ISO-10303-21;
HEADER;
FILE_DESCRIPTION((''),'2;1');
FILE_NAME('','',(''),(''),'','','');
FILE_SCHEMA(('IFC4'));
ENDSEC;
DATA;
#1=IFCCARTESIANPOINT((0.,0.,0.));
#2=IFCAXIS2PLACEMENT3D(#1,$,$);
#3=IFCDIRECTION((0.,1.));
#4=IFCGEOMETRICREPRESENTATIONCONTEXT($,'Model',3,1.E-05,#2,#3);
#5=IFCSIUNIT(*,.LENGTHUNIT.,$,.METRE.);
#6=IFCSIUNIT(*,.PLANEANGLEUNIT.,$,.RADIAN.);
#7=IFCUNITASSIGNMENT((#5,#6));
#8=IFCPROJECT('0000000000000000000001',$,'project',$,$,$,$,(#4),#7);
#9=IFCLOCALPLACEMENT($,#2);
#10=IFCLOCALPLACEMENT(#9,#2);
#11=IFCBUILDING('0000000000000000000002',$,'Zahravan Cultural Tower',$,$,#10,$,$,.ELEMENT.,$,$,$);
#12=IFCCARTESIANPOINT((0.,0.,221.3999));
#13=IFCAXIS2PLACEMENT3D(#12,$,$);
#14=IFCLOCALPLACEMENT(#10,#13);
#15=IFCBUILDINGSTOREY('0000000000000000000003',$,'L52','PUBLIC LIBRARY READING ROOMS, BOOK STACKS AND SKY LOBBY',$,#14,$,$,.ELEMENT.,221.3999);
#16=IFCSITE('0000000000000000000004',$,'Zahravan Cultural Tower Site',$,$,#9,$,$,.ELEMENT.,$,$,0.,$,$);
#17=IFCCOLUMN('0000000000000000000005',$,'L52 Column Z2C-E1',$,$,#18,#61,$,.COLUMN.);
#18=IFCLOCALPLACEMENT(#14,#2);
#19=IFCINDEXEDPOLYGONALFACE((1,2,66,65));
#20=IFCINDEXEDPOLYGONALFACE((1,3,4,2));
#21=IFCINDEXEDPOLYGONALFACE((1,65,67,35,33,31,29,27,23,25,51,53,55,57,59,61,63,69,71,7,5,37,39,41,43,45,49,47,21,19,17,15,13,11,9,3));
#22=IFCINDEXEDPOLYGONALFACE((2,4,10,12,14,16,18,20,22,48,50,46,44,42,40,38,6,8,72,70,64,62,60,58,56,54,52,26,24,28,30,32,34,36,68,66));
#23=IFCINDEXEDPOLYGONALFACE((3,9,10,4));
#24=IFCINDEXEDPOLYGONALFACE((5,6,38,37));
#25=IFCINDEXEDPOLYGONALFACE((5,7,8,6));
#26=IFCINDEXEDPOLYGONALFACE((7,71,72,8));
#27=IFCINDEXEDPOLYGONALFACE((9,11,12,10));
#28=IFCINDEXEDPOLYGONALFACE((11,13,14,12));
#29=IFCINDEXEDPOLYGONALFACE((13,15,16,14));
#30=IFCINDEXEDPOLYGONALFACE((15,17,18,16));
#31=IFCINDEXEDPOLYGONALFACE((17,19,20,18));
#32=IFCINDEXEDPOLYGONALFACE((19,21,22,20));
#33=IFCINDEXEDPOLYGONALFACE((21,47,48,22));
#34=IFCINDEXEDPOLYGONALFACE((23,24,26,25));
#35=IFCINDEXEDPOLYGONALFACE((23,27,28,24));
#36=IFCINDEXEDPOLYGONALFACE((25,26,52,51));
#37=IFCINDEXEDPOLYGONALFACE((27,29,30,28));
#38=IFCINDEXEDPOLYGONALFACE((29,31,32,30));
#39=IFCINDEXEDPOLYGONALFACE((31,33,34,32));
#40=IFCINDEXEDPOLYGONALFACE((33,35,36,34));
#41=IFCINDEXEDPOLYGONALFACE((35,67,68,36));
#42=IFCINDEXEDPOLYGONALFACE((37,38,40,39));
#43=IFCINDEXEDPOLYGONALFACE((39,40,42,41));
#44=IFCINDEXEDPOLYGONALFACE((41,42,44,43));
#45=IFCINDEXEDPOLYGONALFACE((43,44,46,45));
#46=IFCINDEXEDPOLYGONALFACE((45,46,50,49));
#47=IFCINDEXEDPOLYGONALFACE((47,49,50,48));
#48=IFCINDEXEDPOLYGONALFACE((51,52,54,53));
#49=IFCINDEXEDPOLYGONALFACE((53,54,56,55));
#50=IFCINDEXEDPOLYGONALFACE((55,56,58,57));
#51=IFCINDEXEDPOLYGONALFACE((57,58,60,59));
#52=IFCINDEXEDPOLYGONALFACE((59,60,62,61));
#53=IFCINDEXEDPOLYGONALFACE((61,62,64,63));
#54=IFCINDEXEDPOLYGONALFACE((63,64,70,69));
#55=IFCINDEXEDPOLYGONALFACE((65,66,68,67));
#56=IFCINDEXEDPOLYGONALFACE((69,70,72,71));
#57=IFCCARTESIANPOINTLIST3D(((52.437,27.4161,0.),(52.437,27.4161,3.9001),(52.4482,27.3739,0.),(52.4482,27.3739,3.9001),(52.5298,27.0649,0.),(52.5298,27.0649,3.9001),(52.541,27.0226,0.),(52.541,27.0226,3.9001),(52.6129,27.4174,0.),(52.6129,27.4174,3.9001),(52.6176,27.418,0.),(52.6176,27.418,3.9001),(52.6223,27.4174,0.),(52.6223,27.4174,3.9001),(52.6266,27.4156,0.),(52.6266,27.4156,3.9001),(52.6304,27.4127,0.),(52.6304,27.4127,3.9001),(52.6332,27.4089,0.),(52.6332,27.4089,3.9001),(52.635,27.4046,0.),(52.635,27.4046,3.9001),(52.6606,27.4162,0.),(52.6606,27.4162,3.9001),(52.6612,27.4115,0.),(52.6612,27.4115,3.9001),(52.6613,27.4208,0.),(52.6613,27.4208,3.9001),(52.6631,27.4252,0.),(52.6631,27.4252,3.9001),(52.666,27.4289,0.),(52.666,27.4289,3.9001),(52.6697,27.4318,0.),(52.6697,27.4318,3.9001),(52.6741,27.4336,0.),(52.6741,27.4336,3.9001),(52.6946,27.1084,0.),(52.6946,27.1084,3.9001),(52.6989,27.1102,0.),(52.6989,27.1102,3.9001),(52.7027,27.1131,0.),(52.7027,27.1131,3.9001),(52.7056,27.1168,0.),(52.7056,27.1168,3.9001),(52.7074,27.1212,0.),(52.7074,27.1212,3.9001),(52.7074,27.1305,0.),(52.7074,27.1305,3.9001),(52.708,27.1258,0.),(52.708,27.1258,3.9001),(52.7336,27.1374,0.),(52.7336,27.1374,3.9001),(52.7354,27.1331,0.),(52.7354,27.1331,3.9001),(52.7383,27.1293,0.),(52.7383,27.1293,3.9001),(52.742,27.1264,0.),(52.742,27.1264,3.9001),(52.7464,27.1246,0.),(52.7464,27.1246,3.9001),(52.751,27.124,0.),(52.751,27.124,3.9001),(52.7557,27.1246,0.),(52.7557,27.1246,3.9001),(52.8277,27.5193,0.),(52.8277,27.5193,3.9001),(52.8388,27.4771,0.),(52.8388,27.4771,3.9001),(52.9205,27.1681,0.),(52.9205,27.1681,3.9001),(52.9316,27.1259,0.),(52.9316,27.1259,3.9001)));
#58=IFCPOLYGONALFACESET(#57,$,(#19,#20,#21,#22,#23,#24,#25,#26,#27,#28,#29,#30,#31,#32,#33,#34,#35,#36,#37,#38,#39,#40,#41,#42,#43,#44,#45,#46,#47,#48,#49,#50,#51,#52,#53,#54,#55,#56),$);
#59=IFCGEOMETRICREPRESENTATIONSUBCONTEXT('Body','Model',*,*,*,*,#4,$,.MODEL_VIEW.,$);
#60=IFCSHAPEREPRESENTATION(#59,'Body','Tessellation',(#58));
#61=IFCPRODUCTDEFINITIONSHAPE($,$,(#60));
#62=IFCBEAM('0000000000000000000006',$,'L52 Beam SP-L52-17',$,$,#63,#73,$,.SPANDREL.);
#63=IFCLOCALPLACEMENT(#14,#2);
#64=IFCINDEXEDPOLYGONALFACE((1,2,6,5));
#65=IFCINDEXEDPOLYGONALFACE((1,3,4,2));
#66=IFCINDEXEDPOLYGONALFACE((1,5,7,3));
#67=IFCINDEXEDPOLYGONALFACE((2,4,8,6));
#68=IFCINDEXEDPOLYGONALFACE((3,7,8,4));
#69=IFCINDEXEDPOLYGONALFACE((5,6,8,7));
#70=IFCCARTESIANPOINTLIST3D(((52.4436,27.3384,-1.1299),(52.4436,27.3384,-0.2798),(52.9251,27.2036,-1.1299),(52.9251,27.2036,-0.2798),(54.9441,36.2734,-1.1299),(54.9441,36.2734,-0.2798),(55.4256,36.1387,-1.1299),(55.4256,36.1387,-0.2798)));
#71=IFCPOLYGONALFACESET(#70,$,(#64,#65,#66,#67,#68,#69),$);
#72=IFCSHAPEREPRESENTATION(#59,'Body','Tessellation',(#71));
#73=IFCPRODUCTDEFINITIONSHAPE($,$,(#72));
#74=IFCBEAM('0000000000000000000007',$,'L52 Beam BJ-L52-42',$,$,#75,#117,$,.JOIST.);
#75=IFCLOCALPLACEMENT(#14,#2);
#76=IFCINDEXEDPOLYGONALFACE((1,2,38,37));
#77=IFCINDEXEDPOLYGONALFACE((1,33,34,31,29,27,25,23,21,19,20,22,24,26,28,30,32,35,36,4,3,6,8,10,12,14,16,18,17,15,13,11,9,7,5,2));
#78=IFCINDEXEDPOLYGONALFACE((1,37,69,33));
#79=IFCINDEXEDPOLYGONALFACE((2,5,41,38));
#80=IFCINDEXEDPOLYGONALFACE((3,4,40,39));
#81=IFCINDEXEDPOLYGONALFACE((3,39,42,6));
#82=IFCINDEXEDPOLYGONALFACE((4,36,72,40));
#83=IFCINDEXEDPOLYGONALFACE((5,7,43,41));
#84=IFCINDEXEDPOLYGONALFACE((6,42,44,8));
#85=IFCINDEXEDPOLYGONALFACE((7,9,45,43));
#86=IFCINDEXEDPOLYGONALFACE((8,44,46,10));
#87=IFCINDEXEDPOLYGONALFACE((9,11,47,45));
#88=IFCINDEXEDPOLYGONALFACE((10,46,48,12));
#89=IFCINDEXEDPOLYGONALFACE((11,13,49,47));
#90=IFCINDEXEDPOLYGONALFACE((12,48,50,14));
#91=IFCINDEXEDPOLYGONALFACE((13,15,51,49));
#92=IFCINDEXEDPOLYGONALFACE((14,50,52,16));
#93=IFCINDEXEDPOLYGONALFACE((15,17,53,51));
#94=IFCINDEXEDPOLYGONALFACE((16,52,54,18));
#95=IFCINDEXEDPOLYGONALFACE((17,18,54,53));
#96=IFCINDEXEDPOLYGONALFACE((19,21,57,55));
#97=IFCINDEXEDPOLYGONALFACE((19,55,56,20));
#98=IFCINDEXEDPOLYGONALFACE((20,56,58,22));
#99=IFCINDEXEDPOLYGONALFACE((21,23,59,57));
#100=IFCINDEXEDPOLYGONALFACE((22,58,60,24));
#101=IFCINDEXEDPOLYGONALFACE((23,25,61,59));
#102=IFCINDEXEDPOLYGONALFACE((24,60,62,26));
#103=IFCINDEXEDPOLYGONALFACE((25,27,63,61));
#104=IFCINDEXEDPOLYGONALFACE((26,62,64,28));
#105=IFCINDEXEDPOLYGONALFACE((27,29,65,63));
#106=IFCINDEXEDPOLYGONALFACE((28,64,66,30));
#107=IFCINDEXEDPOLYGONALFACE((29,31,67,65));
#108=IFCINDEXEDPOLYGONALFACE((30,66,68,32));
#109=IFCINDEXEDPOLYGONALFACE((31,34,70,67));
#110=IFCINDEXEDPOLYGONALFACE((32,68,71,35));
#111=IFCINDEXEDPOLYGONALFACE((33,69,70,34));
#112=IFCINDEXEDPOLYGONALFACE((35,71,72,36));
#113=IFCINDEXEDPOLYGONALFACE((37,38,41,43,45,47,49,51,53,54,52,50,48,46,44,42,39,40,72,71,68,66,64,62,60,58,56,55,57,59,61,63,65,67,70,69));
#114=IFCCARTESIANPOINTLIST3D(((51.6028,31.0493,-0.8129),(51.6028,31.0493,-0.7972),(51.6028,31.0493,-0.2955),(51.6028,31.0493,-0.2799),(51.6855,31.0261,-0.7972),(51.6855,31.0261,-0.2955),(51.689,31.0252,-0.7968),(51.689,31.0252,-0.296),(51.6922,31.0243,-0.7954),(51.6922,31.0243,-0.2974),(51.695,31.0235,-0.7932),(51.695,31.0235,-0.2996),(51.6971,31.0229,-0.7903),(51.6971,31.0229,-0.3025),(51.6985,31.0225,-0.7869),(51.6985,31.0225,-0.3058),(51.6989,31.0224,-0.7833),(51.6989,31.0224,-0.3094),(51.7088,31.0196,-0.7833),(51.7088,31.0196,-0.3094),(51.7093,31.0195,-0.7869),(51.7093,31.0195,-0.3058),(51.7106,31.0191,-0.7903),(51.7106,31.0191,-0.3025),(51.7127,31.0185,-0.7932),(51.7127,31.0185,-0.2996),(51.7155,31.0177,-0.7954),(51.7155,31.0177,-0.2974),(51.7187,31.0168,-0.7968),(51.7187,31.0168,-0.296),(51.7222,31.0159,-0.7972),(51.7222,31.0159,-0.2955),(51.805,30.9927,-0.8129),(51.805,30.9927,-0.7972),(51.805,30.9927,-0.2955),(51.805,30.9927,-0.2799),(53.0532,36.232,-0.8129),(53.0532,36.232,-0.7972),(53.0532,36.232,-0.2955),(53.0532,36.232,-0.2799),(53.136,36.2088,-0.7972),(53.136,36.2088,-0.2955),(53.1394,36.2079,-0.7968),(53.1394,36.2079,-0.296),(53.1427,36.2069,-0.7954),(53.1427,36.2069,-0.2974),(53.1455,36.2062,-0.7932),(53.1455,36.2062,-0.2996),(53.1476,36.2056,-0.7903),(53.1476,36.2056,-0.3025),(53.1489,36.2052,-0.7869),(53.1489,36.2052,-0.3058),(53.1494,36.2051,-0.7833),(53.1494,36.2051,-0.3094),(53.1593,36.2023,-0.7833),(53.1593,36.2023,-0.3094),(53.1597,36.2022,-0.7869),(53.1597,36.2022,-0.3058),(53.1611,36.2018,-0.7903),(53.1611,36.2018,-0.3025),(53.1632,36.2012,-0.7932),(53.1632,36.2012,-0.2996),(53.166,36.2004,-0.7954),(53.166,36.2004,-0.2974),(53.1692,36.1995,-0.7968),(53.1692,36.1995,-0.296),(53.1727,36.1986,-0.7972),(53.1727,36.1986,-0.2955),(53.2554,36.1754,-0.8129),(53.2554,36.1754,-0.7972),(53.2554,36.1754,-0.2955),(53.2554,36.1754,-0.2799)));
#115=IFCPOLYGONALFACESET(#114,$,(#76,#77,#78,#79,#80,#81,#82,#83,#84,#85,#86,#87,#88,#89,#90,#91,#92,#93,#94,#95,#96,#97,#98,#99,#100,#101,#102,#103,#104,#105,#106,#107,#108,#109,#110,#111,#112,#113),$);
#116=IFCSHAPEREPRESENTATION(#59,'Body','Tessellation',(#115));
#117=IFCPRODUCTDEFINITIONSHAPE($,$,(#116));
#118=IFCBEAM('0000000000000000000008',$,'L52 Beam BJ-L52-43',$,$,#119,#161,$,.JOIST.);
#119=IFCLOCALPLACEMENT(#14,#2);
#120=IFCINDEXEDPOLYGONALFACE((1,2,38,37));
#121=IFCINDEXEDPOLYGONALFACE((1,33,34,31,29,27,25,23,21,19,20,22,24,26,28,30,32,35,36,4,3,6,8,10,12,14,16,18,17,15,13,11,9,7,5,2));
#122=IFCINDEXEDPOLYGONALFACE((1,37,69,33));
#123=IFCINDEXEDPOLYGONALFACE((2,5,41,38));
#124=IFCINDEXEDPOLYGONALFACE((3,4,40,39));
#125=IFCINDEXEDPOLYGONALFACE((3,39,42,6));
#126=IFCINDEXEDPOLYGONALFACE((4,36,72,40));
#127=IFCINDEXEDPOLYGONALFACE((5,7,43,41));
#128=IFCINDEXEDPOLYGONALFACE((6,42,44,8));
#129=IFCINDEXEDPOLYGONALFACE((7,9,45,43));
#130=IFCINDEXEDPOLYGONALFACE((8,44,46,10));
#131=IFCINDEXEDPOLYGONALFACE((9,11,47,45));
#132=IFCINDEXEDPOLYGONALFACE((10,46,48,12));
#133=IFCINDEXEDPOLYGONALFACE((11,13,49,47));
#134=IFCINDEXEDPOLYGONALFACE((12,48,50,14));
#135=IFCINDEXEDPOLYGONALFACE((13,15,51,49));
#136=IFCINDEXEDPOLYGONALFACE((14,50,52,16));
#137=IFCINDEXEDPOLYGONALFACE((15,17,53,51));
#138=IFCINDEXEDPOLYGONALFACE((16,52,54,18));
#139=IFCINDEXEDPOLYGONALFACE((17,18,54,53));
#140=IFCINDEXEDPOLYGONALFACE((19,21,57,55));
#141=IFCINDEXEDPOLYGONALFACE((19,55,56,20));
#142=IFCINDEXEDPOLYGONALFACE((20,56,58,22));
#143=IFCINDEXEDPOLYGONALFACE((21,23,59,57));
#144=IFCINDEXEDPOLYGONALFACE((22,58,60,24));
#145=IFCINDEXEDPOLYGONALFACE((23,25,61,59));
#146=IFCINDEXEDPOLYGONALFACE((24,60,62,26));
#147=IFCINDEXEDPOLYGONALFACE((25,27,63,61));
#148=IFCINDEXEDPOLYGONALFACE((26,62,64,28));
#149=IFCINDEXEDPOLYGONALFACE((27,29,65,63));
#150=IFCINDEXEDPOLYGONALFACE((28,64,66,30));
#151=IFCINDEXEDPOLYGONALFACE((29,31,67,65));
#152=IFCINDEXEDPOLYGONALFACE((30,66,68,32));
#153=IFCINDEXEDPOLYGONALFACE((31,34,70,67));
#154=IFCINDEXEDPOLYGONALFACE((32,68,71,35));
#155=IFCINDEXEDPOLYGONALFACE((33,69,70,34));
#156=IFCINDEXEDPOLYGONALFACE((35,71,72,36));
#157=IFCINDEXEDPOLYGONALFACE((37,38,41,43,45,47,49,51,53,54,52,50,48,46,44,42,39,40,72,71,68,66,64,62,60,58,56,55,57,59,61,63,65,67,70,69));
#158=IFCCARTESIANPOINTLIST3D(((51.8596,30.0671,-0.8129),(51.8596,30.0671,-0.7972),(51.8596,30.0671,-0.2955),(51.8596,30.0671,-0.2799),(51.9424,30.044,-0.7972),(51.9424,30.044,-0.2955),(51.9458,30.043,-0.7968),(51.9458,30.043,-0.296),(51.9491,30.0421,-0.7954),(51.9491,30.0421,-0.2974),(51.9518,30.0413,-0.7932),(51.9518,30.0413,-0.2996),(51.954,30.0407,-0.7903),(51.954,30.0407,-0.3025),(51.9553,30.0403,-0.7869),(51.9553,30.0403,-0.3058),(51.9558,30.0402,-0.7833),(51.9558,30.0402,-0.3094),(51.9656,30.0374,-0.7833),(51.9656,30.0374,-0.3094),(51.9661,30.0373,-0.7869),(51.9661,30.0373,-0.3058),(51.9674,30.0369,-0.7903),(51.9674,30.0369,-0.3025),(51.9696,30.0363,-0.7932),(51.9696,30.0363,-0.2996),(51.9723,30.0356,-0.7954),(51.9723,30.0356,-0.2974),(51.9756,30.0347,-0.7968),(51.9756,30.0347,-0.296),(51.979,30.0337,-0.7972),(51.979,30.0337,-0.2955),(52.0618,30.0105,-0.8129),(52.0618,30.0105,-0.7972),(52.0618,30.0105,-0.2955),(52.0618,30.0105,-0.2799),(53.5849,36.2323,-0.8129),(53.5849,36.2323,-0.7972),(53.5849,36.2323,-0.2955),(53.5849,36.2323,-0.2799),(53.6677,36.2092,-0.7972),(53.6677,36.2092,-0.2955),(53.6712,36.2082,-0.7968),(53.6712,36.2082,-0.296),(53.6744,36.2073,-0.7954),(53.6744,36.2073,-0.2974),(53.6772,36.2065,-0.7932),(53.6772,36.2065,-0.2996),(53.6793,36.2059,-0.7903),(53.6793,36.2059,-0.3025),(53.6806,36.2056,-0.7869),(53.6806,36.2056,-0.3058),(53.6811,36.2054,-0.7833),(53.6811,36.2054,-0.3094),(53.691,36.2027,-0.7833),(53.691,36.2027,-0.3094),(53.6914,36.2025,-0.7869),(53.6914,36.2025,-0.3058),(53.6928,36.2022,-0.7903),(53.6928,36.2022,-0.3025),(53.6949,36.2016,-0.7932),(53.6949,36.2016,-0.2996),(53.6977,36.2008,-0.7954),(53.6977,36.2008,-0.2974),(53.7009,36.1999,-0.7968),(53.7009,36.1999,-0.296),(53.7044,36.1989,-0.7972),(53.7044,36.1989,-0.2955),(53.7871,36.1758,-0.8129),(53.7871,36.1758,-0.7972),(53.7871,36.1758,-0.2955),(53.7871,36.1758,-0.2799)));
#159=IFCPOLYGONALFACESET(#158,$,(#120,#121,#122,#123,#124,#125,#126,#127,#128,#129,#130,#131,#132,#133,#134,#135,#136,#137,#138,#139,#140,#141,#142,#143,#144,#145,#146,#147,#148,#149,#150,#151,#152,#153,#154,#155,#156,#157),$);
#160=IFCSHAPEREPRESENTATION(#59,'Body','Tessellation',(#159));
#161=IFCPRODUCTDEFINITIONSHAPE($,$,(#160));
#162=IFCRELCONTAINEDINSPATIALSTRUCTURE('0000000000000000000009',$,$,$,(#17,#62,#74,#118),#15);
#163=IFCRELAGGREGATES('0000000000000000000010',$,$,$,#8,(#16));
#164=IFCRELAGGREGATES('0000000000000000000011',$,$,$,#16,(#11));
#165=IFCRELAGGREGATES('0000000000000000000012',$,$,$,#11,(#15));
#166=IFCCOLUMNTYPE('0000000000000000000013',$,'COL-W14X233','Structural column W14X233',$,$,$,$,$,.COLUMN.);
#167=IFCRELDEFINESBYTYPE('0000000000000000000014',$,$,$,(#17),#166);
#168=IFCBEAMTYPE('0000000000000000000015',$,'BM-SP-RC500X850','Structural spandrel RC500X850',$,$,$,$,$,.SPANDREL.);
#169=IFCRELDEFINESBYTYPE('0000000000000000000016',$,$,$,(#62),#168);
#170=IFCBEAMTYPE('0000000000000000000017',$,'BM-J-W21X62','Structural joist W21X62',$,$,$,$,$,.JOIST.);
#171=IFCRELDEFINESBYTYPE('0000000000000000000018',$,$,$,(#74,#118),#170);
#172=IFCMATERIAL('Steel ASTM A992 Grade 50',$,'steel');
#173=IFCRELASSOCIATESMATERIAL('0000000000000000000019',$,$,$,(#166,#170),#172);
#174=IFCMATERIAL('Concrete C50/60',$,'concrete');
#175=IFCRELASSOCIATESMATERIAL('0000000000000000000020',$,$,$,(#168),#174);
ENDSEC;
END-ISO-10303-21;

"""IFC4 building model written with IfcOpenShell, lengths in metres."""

from ifc_helpers import new_model, si_unit, direction, frame, origin, origin_2d, place, context, subcontext, project, spatial, rectangle, i_section, extrude, source, transform, mapped, material, material_profile, profile_set, type_object, element, save


model = new_model("IFC4")

# Units and contexts
model_context = context("Model", 3, precision=1e-05, world=origin(), true_north=direction((0.0, 1.0)))
body_context = subcontext(model_context, "Body", "Model", "MODEL_VIEW")
ifc_project = project(units=[si_unit("LENGTHUNIT", "METRE"), si_unit("PLANEANGLEUNIT", "RADIAN")], contexts=[model_context])

# Site, building, storey
site_placement = place(None, origin())
site = spatial("IfcSite", under=ifc_project, at=site_placement, Name="Zahravan Cultural Tower Site", CompositionType="ELEMENT", RefElevation=0.0)
building_placement = place(site_placement, origin())
building = spatial("IfcBuilding", under=site, at=building_placement, Name="Zahravan Cultural Tower", CompositionType="ELEMENT")
storey_placement = place(building_placement, frame((0.0, 0.0, 221.3999)))
storey = spatial("IfcBuildingStorey", under=building, at=storey_placement, Name="L52", Description="PUBLIC LIBRARY READING ROOMS, BOOK STACKS AND SKY LOBBY", CompositionType="ELEMENT", Elevation=221.3999)

# Column
ifc_material_1 = material(Name="Steel ASTM A992 Grade 50", Category="steel")
ifc_material_profile_1 = material_profile(ifc_material_1, i_section(OverallWidth=0.4041, OverallDepth=0.407, WebThickness=0.0271, FlangeThickness=0.0437, FilletRadius=0.0181, at=origin_2d()), Name="W14X233")
ifc_profile_set_1 = profile_set([ifc_material_profile_1], Name="Steel ASTM A992 Grade 50")
column_type = type_object("IfcColumnType", Name="COL-W14X233", Description="Structural column W14X233", PredefinedType="COLUMN", material=ifc_profile_set_1)
shared_shape_1 = source(origin(), body_context, "Body", "SweptSolid", [
    extrude(i_section(OverallWidth=0.4041, OverallDepth=0.407, WebThickness=0.0271, FlangeThickness=0.0437, FilletRadius=0.0181, at=origin_2d()), origin(), (0.0, 0.0, 1.0), 3.9001),
])
column_placement = place(storey_placement, frame((52.6843, 27.271, 0.0), z_axis=(0.0, 0.0, 1.0), x_axis=(0.966823, 0.255446, 0.0)))
element("IfcColumn", 1, at=column_placement, inside=storey, type_object=column_type, Name="L52 Column Z2C-E1", PredefinedType="COLUMN", context=body_context, shape_type="MappedRepresentation", body=[
    mapped(shared_shape_1, transform((0.0, 0.0, 0.0), x_axis=(1.0, 0.0, 0.0), y_axis=(0.0, 1.0, 0.0), z_axis=(0.0, 0.0, 1.0), scale=1.0)),
])

# Beams
ifc_material_2 = material(Name="Concrete C50/60", Category="concrete")
ifc_material_profile_2 = material_profile(ifc_material_2, rectangle(XDim=0.5, YDim=0.8501, at=origin_2d()), Name="RC500X850")
ifc_profile_set_2 = profile_set([ifc_material_profile_2], Name="Concrete C50/60")
beam_type_1 = type_object("IfcBeamType", Name="BM-SP-RC500X850", Description="Structural spandrel RC500X850", PredefinedType="SPANDREL", material=ifc_profile_set_2)
shared_shape_2 = source(origin(), body_context, "Body", "SweptSolid", [
    extrude(rectangle(XDim=0.5, YDim=0.8501, at=origin_2d()), origin(), (0.0, 0.0, 1.0), 9.2783),
])
beam_1_placement = place(storey_placement, frame((52.6843, 27.271, -0.7048), z_axis=(0.269497, 0.963001, 0.0), x_axis=(-0.963001, 0.269497, 0.0)))
element("IfcBeam", 2, at=beam_1_placement, inside=storey, type_object=beam_type_1, Name="L52 Beam SP-L52-17", PredefinedType="SPANDREL", context=body_context, shape_type="MappedRepresentation", body=[
    mapped(shared_shape_2, transform((0.0, 0.0, 0.0), x_axis=(1.0, 0.0, 0.0), y_axis=(0.0, 1.0, 0.0), z_axis=(0.0, 0.0, 1.0), scale=1.0)),
])
ifc_material_profile_3 = material_profile(ifc_material_1, i_section(OverallWidth=0.21, OverallDepth=0.533, WebThickness=0.0103, FlangeThickness=0.0156, FilletRadius=0.0139, at=origin_2d()), Name="W21X62")
ifc_profile_set_3 = profile_set([ifc_material_profile_3], Name="Steel ASTM A992 Grade 50")
beam_type_2 = type_object("IfcBeamType", Name="BM-J-W21X62", Description="Structural joist W21X62", PredefinedType="JOIST", material=ifc_profile_set_3)
shared_shape_3 = source(origin(), body_context, "Body", "SweptSolid", [
    extrude(i_section(OverallWidth=0.21, OverallDepth=0.533, WebThickness=0.0103, FlangeThickness=0.0156, FilletRadius=0.0139, at=origin_2d()), origin(), (0.0, 0.0, 1.0), 5.3818),
])
beam_2_placement = place(storey_placement, frame((51.7039, 31.021, -0.5464), z_axis=(0.26951, 0.962997, 0.0), x_axis=(-0.962997, 0.26951, 0.0)))
element("IfcBeam", 3, at=beam_2_placement, inside=storey, type_object=beam_type_2, Name="L52 Beam BJ-L52-42", PredefinedType="JOIST", context=body_context, shape_type="MappedRepresentation", body=[
    mapped(shared_shape_3, transform((0.0, 0.0, 0.0), x_axis=(1.0, 0.0, 0.0), y_axis=(0.0, 1.0, 0.0), z_axis=(0.0, 0.0, 1.0), scale=1.0)),
])
shared_shape_4 = source(origin(), body_context, "Body", "SweptSolid", [
    extrude(i_section(OverallWidth=0.21, OverallDepth=0.533, WebThickness=0.0103, FlangeThickness=0.0156, FilletRadius=0.0139, at=origin_2d()), origin(), (0.0, 0.0, 1.0), 6.4021),
])
beam_3_placement = place(storey_placement, frame((51.9607, 30.0388, -0.5464), z_axis=(0.269494, 0.963002, 0.0), x_axis=(-0.963002, 0.269494, 0.0)))
element("IfcBeam", 4, at=beam_3_placement, inside=storey, type_object=beam_type_2, Name="L52 Beam BJ-L52-43", PredefinedType="JOIST", context=body_context, shape_type="MappedRepresentation", body=[
    mapped(shared_shape_4, transform((0.0, 0.0, 0.0), x_axis=(1.0, 0.0, 0.0), y_axis=(0.0, 1.0, 0.0), z_axis=(0.0, 0.0, 1.0), scale=1.0)),
])

save(model, "model.ifc")
